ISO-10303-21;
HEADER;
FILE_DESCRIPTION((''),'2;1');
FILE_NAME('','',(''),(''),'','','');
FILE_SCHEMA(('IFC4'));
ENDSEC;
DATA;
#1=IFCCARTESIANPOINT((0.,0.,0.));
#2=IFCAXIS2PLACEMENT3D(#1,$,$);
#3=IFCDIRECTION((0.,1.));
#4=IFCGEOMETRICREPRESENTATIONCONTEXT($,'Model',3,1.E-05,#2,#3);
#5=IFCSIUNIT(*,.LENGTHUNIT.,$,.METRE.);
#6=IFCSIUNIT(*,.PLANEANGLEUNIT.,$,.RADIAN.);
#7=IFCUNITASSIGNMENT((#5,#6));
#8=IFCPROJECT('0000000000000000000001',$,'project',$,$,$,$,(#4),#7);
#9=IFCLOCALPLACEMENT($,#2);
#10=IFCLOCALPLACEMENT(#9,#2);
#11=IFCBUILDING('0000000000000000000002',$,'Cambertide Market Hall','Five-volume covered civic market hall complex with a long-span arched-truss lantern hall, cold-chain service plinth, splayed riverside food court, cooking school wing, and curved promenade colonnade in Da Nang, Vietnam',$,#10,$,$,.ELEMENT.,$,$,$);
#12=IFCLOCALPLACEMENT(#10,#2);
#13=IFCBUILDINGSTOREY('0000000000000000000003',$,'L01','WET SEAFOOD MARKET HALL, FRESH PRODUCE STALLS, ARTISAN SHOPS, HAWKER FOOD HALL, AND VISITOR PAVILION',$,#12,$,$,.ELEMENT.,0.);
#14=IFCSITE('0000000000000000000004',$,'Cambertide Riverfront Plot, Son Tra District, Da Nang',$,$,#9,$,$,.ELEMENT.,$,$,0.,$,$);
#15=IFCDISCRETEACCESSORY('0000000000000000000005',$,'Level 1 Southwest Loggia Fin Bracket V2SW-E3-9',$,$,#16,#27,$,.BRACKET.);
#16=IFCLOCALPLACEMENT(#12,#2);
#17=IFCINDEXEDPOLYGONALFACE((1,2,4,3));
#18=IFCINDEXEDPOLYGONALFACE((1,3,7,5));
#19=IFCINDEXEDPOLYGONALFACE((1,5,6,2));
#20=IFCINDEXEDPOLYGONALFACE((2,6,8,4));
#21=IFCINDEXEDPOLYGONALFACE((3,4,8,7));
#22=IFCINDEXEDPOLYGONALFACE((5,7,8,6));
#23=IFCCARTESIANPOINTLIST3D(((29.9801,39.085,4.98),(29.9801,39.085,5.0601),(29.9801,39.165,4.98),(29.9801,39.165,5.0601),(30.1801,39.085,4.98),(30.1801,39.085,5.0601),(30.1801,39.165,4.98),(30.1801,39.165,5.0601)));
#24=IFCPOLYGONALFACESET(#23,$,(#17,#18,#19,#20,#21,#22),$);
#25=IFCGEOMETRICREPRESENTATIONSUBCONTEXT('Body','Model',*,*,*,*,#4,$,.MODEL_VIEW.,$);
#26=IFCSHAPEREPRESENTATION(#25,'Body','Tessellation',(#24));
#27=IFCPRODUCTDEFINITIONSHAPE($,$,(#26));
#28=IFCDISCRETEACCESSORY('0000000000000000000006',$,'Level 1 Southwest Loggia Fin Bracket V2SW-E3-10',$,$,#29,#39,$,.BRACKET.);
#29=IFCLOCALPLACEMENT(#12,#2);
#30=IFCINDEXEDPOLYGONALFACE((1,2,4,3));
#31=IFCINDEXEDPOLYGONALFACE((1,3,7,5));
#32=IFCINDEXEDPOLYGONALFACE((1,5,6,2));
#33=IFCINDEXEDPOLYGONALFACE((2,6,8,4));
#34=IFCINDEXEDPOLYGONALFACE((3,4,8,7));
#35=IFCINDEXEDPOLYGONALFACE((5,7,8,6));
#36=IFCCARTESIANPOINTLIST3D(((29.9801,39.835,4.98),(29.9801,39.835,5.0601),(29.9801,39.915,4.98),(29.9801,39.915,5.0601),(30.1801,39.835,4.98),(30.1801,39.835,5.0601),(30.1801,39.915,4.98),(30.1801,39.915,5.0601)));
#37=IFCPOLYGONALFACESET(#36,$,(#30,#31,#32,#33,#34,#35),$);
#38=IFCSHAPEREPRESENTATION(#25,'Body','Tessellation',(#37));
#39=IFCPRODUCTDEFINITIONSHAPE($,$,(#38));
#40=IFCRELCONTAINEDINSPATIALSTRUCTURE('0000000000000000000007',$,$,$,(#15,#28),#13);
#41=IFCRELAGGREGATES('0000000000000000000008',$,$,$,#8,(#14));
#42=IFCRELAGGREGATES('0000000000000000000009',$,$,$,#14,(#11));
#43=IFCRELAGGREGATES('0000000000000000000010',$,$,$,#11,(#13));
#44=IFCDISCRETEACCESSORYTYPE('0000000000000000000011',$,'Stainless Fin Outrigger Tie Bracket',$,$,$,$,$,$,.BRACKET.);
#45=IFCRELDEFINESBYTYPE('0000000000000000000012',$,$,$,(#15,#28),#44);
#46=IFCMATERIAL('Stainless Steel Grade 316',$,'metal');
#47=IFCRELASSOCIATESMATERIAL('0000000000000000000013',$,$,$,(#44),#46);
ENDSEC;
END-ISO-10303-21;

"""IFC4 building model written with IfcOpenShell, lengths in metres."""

from ifc_helpers import new_model, si_unit, direction, frame, origin, origin_2d, place, context, subcontext, project, spatial, rectangle, extrude, material, type_object, element, save


model = new_model("IFC4")

# Units and contexts
model_context = context("Model", 3, precision=1e-05, world=origin(), true_north=direction((0.0, 1.0)))
body_context = subcontext(model_context, "Body", "Model", "MODEL_VIEW")
ifc_project = project(units=[si_unit("LENGTHUNIT", "METRE"), si_unit("PLANEANGLEUNIT", "RADIAN")], contexts=[model_context])

# Site, building, storey
site_placement = place(None, origin())
site = spatial("IfcSite", under=ifc_project, at=site_placement, Name="Cambertide Riverfront Plot, Son Tra District, Da Nang", CompositionType="ELEMENT", RefElevation=0.0)
building_placement = place(site_placement, origin())
building = spatial("IfcBuilding", under=site, at=building_placement, Name="Cambertide Market Hall", Description="Five-volume covered civic market hall complex with a long-span arched-truss lantern hall, cold-chain service plinth, splayed riverside food court, cooking school wing, and curved promenade colonnade in Da Nang, Vietnam", CompositionType="ELEMENT")
storey_placement = place(building_placement, origin())
storey = spatial("IfcBuildingStorey", under=building, at=storey_placement, Name="L01", Description="WET SEAFOOD MARKET HALL, FRESH PRODUCE STALLS, ARTISAN SHOPS, HAWKER FOOD HALL, AND VISITOR PAVILION", CompositionType="ELEMENT", Elevation=0.0)

# Discrete accessories
ifc_material_1 = material(Name="Stainless Steel Grade 316", Category="metal")
discrete_accessory_type = type_object("IfcDiscreteAccessoryType", Name="Stainless Fin Outrigger Tie Bracket", PredefinedType="BRACKET", material=ifc_material_1)
for number, where, z_axis, x_axis, name in (
    (1, (30.0801, 39.125, 4.98), (0.0, 0.0, 1.0), (0.0, -1.0, 0.0), "Level 1 Southwest Loggia Fin Bracket V2SW-E3-9"),
    (2, (30.0801, 39.875, 4.98), (0.0, 0.0, 1.0), (0.0, -1.0, 0.0), "Level 1 Southwest Loggia Fin Bracket V2SW-E3-10"),
):
    element("IfcDiscreteAccessory", number, at=place(storey_placement, frame(where, z_axis=z_axis, x_axis=x_axis)), inside=storey, type_object=discrete_accessory_type, Name=name, PredefinedType="BRACKET", context=body_context, shape_type="SweptSolid", body=[
        extrude(rectangle(XDim=0.0801, YDim=0.2, at=origin_2d()), origin(), (0.0, 0.0, 1.0), 0.0801),
    ])

save(model, "model.ifc")
